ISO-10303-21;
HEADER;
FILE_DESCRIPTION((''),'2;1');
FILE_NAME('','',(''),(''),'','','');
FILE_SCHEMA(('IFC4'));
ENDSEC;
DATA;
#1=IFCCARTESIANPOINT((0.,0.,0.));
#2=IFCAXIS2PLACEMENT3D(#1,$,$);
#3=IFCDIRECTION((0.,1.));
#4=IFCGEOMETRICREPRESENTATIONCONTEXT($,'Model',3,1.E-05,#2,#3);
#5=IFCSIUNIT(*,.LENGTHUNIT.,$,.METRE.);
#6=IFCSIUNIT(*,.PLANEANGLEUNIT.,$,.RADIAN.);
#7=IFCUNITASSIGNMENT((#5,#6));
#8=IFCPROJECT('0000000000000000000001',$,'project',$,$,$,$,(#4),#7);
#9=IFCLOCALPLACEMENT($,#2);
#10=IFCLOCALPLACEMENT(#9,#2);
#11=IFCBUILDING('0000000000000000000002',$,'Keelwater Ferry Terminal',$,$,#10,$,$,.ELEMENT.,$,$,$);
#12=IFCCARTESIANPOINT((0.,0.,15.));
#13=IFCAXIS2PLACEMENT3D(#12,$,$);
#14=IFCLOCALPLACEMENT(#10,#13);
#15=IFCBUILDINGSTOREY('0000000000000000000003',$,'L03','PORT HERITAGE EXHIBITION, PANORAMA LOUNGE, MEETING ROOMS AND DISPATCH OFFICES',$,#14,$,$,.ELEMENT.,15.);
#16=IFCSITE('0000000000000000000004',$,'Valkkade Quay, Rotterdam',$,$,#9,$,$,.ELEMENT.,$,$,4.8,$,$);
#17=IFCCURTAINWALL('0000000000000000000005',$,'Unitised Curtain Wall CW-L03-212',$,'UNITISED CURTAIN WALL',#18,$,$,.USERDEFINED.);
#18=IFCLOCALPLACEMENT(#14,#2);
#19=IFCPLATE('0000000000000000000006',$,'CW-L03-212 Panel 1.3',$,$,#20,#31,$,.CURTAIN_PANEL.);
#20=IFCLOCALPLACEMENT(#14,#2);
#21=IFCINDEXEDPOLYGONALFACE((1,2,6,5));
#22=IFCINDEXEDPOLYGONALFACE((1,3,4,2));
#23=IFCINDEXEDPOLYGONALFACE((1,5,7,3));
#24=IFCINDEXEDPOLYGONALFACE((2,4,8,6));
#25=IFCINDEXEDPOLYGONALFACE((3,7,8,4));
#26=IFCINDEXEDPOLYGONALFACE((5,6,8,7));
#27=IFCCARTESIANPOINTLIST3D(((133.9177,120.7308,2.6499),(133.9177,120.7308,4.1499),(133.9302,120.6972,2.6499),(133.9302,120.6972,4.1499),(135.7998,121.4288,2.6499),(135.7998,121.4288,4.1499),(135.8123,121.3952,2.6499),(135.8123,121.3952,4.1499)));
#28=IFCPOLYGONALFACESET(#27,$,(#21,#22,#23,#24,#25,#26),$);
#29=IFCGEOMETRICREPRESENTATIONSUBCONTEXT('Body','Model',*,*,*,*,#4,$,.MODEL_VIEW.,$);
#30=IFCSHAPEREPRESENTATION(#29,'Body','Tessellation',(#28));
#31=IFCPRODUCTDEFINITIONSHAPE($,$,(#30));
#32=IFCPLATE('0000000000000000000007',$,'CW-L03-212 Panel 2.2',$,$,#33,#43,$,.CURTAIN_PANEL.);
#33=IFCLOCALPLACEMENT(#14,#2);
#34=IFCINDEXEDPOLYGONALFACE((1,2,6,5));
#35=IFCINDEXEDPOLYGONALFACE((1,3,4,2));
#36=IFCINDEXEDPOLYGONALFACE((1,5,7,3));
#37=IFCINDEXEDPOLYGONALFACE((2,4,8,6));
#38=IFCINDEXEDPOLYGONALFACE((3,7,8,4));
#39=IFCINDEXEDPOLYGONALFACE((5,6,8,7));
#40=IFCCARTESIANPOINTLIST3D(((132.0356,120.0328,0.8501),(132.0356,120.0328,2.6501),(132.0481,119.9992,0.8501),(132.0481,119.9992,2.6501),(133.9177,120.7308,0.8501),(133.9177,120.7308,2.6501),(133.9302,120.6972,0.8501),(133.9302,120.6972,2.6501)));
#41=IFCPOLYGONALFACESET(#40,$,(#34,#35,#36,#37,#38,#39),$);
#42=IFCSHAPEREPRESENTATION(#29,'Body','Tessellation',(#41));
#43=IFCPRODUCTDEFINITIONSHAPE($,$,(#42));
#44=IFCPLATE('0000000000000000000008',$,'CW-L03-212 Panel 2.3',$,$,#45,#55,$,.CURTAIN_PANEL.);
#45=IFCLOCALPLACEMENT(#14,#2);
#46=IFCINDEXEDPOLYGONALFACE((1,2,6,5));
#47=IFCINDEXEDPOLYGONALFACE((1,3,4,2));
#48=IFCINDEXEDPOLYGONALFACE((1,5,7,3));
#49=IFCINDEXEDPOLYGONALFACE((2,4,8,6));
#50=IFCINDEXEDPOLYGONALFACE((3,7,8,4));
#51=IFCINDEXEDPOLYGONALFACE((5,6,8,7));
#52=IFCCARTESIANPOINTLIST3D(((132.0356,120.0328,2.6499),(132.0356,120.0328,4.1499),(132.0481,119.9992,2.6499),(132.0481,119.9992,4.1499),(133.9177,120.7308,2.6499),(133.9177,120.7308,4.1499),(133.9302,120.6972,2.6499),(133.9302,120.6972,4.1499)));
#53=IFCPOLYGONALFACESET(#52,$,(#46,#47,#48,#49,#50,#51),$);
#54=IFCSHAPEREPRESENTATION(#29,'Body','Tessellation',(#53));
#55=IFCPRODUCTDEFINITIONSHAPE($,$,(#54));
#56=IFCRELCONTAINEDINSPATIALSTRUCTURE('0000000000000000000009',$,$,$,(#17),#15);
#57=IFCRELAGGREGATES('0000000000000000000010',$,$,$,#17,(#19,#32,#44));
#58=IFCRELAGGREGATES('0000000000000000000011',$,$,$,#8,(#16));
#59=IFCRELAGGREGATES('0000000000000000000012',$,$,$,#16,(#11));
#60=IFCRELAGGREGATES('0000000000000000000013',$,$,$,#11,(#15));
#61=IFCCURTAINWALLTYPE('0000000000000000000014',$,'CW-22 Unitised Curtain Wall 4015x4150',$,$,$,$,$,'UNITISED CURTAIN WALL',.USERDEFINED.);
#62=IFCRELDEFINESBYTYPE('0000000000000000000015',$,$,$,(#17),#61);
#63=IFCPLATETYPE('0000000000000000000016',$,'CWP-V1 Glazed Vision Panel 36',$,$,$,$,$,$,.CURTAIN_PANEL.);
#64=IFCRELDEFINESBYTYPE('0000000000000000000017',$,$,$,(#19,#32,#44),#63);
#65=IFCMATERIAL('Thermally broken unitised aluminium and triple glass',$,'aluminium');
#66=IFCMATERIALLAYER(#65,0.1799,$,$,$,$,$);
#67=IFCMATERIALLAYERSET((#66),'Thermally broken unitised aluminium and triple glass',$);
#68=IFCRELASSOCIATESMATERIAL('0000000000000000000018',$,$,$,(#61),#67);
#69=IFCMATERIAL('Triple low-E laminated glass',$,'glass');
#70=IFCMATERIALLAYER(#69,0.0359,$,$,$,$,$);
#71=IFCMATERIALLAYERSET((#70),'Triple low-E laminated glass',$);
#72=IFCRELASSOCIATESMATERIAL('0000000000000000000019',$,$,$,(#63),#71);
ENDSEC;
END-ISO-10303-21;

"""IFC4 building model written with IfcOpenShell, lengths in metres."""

from ifc_helpers import new_model, si_unit, direction, frame, origin, origin_2d, place, context, subcontext, project, spatial, rectangle, extrude, material, layer, layer_set, type_object, element, aggregate, save


model = new_model("IFC4")

# Units and contexts
model_context = context("Model", 3, precision=1e-05, world=origin(), true_north=direction((0.0, 1.0)))
body_context = subcontext(model_context, "Body", "Model", "MODEL_VIEW")
ifc_project = project(units=[si_unit("LENGTHUNIT", "METRE"), si_unit("PLANEANGLEUNIT", "RADIAN")], contexts=[model_context])

# Site, building, storey
site_placement = place(None, origin())
site = spatial("IfcSite", under=ifc_project, at=site_placement, Name="Valkkade Quay, Rotterdam", CompositionType="ELEMENT", RefElevation=4.8)
building_placement = place(site_placement, origin())
building = spatial("IfcBuilding", under=site, at=building_placement, Name="Keelwater Ferry Terminal", CompositionType="ELEMENT")
storey_placement = place(building_placement, frame((0.0, 0.0, 15.0)))
storey = spatial("IfcBuildingStorey", under=building, at=storey_placement, Name="L03", Description="PORT HERITAGE EXHIBITION, PANORAMA LOUNGE, MEETING ROOMS AND DISPATCH OFFICES", CompositionType="ELEMENT", Elevation=15.0)

# Shared definitions
ifc_material_1 = material(Name="Thermally broken unitised aluminium and triple glass", Category="aluminium")
ifc_layer_1 = layer(ifc_material_1, 0.1799)
ifc_layer_set_1 = layer_set([ifc_layer_1], Name="Thermally broken unitised aluminium and triple glass")
curtain_wall_type = type_object("IfcCurtainWallType", Name="CW-22 Unitised Curtain Wall 4015x4150", ElementType="UNITISED CURTAIN WALL", PredefinedType="USERDEFINED", material=ifc_layer_set_1)

# Curtain wall
curtain_wall_1_placement = place(storey_placement, origin())
curtain_wall_1 = element("IfcCurtainWall", 1, at=curtain_wall_1_placement, inside=storey, type_object=curtain_wall_type, Name="Unitised Curtain Wall CW-L03-212", ObjectType="UNITISED CURTAIN WALL", PredefinedType="USERDEFINED")

# Plates
ifc_material_2 = material(Name="Triple low-E laminated glass", Category="glass")
ifc_layer_2 = layer(ifc_material_2, 0.0359)
ifc_layer_set_2 = layer_set([ifc_layer_2], Name="Triple low-E laminated glass")
plate_type_1 = type_object("IfcPlateType", Name="CWP-V1 Glazed Vision Panel 36", PredefinedType="CURTAIN_PANEL", material=ifc_layer_set_2)
plate_1_placement = place(storey_placement, frame((134.865, 121.063, 2.6499), z_axis=(0.0, 0.0, 1.0), x_axis=(-0.937592, -0.347736, 0.0)))
plate_1 = element("IfcPlate", 2, at=plate_1_placement, type_object=plate_type_1, Name="CW-L03-212 Panel 1.3", PredefinedType="CURTAIN_PANEL", context=body_context, shape_type="SweptSolid", body=[
    extrude(rectangle(XDim=2.0073, YDim=0.0359, at=origin_2d()), origin(), (0.0, 0.0, 1.0), 1.5),
])
plate_2_placement = place(storey_placement, frame((132.9829, 120.365, 0.8501), z_axis=(0.0, 0.0, 1.0), x_axis=(-0.937592, -0.347736, 0.0)))
plate_2 = element("IfcPlate", 3, at=plate_2_placement, type_object=plate_type_1, Name="CW-L03-212 Panel 2.2", PredefinedType="CURTAIN_PANEL", context=body_context, shape_type="SweptSolid", body=[
    extrude(rectangle(XDim=2.0073, YDim=0.0359, at=origin_2d()), origin(), (0.0, 0.0, 1.0), 1.8),
])
plate_3_placement = place(storey_placement, frame((132.9829, 120.365, 2.6499), z_axis=(0.0, 0.0, 1.0), x_axis=(-0.937592, -0.347736, 0.0)))
plate_3 = element("IfcPlate", 4, at=plate_3_placement, type_object=plate_type_1, Name="CW-L03-212 Panel 2.3", PredefinedType="CURTAIN_PANEL", context=body_context, shape_type="SweptSolid", body=[
    extrude(rectangle(XDim=2.0073, YDim=0.0359, at=origin_2d()), origin(), (0.0, 0.0, 1.0), 1.5),
])
aggregate(curtain_wall_1, [plate_1, plate_2, plate_3])

save(model, "model.ifc")
